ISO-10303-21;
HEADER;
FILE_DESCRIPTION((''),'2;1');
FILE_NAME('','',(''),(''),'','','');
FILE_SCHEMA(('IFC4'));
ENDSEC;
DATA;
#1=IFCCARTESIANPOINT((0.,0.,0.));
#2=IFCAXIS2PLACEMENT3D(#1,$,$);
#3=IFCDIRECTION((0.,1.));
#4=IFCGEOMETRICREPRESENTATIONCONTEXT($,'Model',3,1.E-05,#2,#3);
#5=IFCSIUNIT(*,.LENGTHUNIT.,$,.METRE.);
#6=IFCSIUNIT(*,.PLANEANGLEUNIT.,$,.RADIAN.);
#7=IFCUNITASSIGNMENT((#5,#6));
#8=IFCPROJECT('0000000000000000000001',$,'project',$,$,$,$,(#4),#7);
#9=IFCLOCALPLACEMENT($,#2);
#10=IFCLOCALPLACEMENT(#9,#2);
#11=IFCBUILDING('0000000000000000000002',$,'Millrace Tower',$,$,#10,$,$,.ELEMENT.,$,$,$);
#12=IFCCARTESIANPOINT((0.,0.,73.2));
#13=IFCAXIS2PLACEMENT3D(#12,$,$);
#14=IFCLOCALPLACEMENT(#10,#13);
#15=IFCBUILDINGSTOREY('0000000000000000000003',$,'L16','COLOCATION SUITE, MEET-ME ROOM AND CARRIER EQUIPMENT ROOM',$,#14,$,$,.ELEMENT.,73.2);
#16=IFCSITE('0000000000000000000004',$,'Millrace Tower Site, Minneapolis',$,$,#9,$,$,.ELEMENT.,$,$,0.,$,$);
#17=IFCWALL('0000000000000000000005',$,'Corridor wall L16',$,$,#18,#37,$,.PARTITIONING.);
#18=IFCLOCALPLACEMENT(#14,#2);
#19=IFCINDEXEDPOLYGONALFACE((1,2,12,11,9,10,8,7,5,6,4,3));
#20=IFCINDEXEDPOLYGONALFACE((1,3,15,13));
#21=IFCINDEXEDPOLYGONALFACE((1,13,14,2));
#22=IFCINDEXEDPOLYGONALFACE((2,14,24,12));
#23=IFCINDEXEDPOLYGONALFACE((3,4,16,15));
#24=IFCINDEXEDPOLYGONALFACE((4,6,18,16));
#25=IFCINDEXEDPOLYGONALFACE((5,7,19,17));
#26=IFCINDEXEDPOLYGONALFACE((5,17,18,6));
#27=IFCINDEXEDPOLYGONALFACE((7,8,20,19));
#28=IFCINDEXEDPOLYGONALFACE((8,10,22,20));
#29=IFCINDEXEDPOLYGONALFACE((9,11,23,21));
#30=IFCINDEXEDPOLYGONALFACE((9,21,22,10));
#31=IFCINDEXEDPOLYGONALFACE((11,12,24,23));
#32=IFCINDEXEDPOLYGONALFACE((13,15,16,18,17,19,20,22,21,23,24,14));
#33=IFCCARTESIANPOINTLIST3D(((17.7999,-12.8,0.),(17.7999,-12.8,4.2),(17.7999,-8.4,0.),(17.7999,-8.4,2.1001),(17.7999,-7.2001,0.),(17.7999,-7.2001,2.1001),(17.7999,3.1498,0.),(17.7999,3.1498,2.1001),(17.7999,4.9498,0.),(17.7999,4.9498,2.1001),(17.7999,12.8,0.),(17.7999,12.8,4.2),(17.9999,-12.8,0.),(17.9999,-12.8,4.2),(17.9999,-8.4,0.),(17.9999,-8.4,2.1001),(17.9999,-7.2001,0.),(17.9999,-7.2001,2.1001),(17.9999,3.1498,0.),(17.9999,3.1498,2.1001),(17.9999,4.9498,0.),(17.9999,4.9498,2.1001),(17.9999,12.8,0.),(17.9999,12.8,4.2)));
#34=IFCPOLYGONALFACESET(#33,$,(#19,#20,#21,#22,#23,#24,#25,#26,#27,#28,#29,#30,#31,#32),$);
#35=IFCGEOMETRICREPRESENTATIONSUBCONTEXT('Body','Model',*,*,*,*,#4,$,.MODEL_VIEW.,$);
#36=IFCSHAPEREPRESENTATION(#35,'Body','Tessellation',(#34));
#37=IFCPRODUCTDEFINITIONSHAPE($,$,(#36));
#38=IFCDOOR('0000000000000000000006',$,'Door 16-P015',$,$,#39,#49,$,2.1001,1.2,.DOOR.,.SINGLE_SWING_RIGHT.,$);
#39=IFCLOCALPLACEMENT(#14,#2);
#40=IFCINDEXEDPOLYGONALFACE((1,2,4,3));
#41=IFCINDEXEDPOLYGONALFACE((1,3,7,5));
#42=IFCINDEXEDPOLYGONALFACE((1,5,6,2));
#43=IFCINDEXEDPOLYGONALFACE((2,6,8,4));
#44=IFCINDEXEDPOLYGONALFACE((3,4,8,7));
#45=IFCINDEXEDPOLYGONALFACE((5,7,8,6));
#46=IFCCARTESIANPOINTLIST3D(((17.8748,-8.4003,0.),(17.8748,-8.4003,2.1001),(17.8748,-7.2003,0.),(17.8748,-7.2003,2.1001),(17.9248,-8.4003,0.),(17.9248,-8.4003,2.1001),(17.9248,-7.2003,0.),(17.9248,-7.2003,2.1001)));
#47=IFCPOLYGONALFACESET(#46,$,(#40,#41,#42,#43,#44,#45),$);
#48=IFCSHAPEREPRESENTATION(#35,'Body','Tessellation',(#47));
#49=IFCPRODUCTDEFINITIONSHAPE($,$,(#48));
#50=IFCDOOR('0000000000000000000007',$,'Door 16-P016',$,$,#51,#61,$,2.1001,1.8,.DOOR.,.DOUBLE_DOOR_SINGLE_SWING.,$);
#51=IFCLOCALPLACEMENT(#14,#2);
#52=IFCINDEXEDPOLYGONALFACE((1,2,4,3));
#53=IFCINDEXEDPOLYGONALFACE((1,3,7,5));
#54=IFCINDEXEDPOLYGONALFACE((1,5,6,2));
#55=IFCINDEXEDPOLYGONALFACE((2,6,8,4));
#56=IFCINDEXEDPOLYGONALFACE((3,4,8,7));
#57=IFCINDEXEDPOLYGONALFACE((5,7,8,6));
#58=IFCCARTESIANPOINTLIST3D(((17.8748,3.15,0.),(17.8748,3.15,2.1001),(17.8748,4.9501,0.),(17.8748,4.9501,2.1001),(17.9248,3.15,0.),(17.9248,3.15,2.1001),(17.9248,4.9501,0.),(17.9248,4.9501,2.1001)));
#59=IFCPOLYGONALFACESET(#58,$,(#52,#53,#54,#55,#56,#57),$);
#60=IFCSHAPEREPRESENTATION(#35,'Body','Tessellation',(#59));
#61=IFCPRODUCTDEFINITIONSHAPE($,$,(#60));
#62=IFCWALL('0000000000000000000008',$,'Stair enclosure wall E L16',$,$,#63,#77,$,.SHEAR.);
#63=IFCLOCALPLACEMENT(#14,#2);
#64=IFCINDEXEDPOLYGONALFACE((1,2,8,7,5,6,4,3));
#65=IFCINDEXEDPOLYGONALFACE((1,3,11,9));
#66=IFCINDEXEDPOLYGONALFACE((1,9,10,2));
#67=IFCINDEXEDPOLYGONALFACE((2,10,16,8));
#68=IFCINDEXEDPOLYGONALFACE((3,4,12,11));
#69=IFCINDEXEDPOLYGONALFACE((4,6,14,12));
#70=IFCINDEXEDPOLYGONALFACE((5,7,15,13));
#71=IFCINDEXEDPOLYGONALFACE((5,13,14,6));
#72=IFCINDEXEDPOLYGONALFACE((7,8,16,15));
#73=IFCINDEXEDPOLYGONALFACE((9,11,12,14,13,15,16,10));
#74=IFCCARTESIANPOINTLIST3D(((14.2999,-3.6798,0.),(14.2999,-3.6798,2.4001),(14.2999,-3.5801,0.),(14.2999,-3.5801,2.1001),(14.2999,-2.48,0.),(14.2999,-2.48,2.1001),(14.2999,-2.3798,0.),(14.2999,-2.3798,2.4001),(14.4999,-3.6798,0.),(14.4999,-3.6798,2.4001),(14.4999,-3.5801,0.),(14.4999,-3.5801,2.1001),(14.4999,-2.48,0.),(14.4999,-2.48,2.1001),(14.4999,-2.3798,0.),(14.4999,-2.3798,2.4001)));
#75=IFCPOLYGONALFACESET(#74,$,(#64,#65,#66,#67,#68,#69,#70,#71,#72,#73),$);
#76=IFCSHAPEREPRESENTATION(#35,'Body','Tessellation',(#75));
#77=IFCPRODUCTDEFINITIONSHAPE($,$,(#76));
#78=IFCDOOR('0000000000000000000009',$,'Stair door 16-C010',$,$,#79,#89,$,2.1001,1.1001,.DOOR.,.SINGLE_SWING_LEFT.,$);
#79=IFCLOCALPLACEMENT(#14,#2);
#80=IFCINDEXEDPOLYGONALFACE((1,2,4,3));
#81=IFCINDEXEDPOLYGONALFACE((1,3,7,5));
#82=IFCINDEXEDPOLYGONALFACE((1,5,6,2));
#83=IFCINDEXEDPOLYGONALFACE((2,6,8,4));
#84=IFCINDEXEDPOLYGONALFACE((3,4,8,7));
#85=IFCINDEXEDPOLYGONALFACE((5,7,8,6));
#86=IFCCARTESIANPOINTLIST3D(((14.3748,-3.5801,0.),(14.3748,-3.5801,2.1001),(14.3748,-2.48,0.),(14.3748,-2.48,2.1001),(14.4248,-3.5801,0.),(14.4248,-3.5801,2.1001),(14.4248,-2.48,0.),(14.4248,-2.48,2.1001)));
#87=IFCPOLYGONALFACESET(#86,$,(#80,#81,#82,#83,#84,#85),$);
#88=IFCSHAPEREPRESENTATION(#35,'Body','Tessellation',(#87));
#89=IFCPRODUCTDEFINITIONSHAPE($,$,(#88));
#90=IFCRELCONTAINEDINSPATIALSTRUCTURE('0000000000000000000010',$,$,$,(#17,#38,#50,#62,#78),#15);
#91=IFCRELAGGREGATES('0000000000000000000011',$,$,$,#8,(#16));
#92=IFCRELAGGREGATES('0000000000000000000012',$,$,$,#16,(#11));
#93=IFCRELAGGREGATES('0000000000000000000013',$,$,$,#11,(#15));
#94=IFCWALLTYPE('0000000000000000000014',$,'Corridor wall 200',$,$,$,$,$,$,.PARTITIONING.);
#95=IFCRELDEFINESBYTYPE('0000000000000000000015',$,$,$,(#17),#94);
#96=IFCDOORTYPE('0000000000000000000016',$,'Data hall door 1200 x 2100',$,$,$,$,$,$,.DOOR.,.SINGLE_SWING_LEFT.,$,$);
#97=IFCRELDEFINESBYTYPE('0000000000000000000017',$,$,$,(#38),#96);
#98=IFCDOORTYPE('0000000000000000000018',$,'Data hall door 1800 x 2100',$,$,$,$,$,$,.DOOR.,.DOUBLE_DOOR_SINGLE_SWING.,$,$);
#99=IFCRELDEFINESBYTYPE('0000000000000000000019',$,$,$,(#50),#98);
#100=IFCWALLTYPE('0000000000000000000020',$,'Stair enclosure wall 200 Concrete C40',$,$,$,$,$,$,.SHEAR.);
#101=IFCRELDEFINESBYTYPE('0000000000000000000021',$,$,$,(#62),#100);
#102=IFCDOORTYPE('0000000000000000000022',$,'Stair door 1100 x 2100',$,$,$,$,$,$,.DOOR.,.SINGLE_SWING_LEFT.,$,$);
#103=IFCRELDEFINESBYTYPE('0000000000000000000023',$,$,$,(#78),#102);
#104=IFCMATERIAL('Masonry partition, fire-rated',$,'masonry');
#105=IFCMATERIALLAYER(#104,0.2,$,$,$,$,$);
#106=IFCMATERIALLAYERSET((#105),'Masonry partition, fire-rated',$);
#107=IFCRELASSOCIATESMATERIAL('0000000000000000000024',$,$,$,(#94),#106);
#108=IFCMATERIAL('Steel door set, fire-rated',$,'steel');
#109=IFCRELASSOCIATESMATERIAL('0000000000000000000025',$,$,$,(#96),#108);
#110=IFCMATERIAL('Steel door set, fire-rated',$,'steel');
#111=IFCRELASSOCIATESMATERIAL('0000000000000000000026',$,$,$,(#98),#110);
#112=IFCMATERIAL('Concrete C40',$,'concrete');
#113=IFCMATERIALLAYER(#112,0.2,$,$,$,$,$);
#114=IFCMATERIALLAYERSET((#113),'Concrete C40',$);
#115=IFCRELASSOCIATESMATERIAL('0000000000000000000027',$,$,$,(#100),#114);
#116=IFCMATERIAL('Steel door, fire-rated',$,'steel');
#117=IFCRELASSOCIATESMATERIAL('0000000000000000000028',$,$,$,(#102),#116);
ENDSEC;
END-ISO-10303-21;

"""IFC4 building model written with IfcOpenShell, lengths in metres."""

from ifc_helpers import new_model, si_unit, direction, frame, frame_2d, origin, place, context, subcontext, project, spatial, rectangle, extrude, material, layer, layer_set, type_object, element, fill, save


model = new_model("IFC4")

# Units and contexts
model_context = context("Model", 3, precision=1e-05, world=origin(), true_north=direction((0.0, 1.0)))
body_context = subcontext(model_context, "Body", "Model", "MODEL_VIEW")
ifc_project = project(units=[si_unit("LENGTHUNIT", "METRE"), si_unit("PLANEANGLEUNIT", "RADIAN")], contexts=[model_context])

# Site, building, storey
site_placement = place(None, origin())
site = spatial("IfcSite", under=ifc_project, at=site_placement, Name="Millrace Tower Site, Minneapolis", CompositionType="ELEMENT", RefElevation=0.0)
building_placement = place(site_placement, origin())
building = spatial("IfcBuilding", under=site, at=building_placement, Name="Millrace Tower", CompositionType="ELEMENT")
storey_placement = place(building_placement, frame((0.0, 0.0, 73.2)))
storey = spatial("IfcBuildingStorey", under=building, at=storey_placement, Name="L16", Description="COLOCATION SUITE, MEET-ME ROOM AND CARRIER EQUIPMENT ROOM", CompositionType="ELEMENT", Elevation=73.2)

# Shared definitions
ifc_material_1 = material(Name="Masonry partition, fire-rated", Category="masonry")
ifc_layer_1 = layer(ifc_material_1, 0.2)
ifc_layer_set_1 = layer_set([ifc_layer_1], Name="Masonry partition, fire-rated")
wall_type_1 = type_object("IfcWallType", Name="Corridor wall 200", PredefinedType="PARTITIONING", material=ifc_layer_set_1)

# Wall, openings, doors
wall_1_placement = place(storey_placement, frame((17.8999, -12.8, 0.0), z_axis=(0.0, 0.0, 1.0), x_axis=(0.0, 1.0, 0.0)))
wall_1 = element("IfcWall", 1, at=wall_1_placement, inside=storey, type_object=wall_type_1, Name="Corridor wall L16", PredefinedType="PARTITIONING", context=body_context, shape_type="SweptSolid", body=[
    extrude(rectangle(XDim=25.6001, YDim=0.2, at=frame_2d((12.8, 0.0))), origin(), (0.0, 0.0, 1.0), 4.2),
])
opening_1_placement = place(wall_1_placement, frame((4.3999, 0.0, 0.0)))
opening_1 = element("IfcOpeningElement", 2, at=opening_1_placement, cuts=wall_1, PredefinedType="OPENING", context=body_context, shape_type="SweptSolid", body=[
    extrude(rectangle(XDim=1.2, YDim=2.1001, at=frame_2d((0.6001, 1.05))), frame((0.0, 0.1099, 0.0), z_axis=(0.0, -1.0, 0.0), x_axis=(1.0, 0.0, 0.0)), (0.0, 0.0, 1.0), 0.22),
])
opening_2_placement = place(wall_1_placement, frame((15.95, 0.0, 0.0)))
opening_2 = element("IfcOpeningElement", 3, at=opening_2_placement, cuts=wall_1, PredefinedType="OPENING", context=body_context, shape_type="SweptSolid", body=[
    extrude(rectangle(XDim=1.8, YDim=2.1001, at=frame_2d((0.8999, 1.05))), frame((0.0, 0.1099, 0.0), z_axis=(0.0, -1.0, 0.0), x_axis=(1.0, 0.0, 0.0)), (0.0, 0.0, 1.0), 0.22),
])
ifc_material_2 = material(Name="Steel door set, fire-rated", Category="steel")
door_type_1 = type_object("IfcDoorType", Name="Data hall door 1200 x 2100", OperationType="SINGLE_SWING_LEFT", PredefinedType="DOOR", material=ifc_material_2)
door_1_placement = place(opening_1_placement, frame((1.2, 0.0, 0.0), z_axis=(0.0, 0.0, 1.0), x_axis=(-1.0, 0.0, 0.0)))
door_1 = element("IfcDoor", 4, at=door_1_placement, inside=storey, type_object=door_type_1, Name="Door 16-P015", OperationType="SINGLE_SWING_RIGHT", OverallHeight=2.1001, OverallWidth=1.2, PredefinedType="DOOR", context=body_context, shape_type="SweptSolid", body=[
    extrude(rectangle(XDim=1.2, YDim=2.1001, at=frame_2d((0.6001, 1.05))), frame((0.0, 0.0249, 0.0), z_axis=(0.0, -1.0, 0.0), x_axis=(1.0, 0.0, 0.0)), (0.0, 0.0, 1.0), 0.05),
])
fill(opening_1, door_1)
ifc_material_3 = material(Name="Steel door set, fire-rated", Category="steel")
door_type_2 = type_object("IfcDoorType", Name="Data hall door 1800 x 2100", OperationType="DOUBLE_DOOR_SINGLE_SWING", PredefinedType="DOOR", material=ifc_material_3)
door_2_placement = place(opening_2_placement, frame((1.8, 0.0, 0.0), z_axis=(0.0, 0.0, 1.0), x_axis=(-1.0, 0.0, 0.0)))
door_2 = element("IfcDoor", 5, at=door_2_placement, inside=storey, type_object=door_type_2, Name="Door 16-P016", OperationType="DOUBLE_DOOR_SINGLE_SWING", OverallHeight=2.1001, OverallWidth=1.8, PredefinedType="DOOR", context=body_context, shape_type="SweptSolid", body=[
    extrude(rectangle(XDim=1.8, YDim=2.1001, at=frame_2d((0.8999, 1.05))), frame((0.0, 0.0249, 0.0), z_axis=(0.0, -1.0, 0.0), x_axis=(1.0, 0.0, 0.0)), (0.0, 0.0, 1.0), 0.05),
])
fill(opening_2, door_2)

# Wall, opening, door
ifc_material_4 = material(Name="Concrete C40", Category="concrete")
ifc_layer_2 = layer(ifc_material_4, 0.2)
ifc_layer_set_2 = layer_set([ifc_layer_2], Name="Concrete C40")
wall_type_2 = type_object("IfcWallType", Name="Stair enclosure wall 200 Concrete C40", PredefinedType="SHEAR", material=ifc_layer_set_2)
wall_2_placement = place(storey_placement, frame((14.3999, -2.3799, 0.0), z_axis=(0.0, 0.0, 1.0), x_axis=(0.0, -1.0, 0.0)))
wall_2 = element("IfcWall", 6, at=wall_2_placement, inside=storey, type_object=wall_type_2, Name="Stair enclosure wall E L16", PredefinedType="SHEAR", context=body_context, shape_type="SweptSolid", body=[
    extrude(rectangle(XDim=1.3, YDim=0.2, at=frame_2d((0.6499, 0.0))), origin(), (0.0, 0.0, 1.0), 2.4001),
])
opening_3_placement = place(wall_2_placement, frame((0.1001, 0.0, 0.0)))
opening_3 = element("IfcOpeningElement", 7, at=opening_3_placement, cuts=wall_2, PredefinedType="OPENING", context=body_context, shape_type="SweptSolid", body=[
    extrude(rectangle(XDim=1.1001, YDim=2.1001, at=frame_2d((0.55, 1.05))), frame((0.0, 0.1099, 0.0), z_axis=(0.0, -1.0, 0.0), x_axis=(1.0, 0.0, 0.0)), (0.0, 0.0, 1.0), 0.22),
])
ifc_material_5 = material(Name="Steel door, fire-rated", Category="steel")
door_type_3 = type_object("IfcDoorType", Name="Stair door 1100 x 2100", OperationType="SINGLE_SWING_LEFT", PredefinedType="DOOR", material=ifc_material_5)
door_3_placement = place(opening_3_placement, origin())
door_3 = element("IfcDoor", 8, at=door_3_placement, inside=storey, type_object=door_type_3, Name="Stair door 16-C010", OperationType="SINGLE_SWING_LEFT", OverallHeight=2.1001, OverallWidth=1.1001, PredefinedType="DOOR", context=body_context, shape_type="SweptSolid", body=[
    extrude(rectangle(XDim=1.1001, YDim=2.1001, at=frame_2d((0.55, 1.05))), frame((0.0, 0.0249, 0.0), z_axis=(0.0, -1.0, 0.0), x_axis=(1.0, 0.0, 0.0)), (0.0, 0.0, 1.0), 0.05),
])
fill(opening_3, door_3)

save(model, "model.ifc")
